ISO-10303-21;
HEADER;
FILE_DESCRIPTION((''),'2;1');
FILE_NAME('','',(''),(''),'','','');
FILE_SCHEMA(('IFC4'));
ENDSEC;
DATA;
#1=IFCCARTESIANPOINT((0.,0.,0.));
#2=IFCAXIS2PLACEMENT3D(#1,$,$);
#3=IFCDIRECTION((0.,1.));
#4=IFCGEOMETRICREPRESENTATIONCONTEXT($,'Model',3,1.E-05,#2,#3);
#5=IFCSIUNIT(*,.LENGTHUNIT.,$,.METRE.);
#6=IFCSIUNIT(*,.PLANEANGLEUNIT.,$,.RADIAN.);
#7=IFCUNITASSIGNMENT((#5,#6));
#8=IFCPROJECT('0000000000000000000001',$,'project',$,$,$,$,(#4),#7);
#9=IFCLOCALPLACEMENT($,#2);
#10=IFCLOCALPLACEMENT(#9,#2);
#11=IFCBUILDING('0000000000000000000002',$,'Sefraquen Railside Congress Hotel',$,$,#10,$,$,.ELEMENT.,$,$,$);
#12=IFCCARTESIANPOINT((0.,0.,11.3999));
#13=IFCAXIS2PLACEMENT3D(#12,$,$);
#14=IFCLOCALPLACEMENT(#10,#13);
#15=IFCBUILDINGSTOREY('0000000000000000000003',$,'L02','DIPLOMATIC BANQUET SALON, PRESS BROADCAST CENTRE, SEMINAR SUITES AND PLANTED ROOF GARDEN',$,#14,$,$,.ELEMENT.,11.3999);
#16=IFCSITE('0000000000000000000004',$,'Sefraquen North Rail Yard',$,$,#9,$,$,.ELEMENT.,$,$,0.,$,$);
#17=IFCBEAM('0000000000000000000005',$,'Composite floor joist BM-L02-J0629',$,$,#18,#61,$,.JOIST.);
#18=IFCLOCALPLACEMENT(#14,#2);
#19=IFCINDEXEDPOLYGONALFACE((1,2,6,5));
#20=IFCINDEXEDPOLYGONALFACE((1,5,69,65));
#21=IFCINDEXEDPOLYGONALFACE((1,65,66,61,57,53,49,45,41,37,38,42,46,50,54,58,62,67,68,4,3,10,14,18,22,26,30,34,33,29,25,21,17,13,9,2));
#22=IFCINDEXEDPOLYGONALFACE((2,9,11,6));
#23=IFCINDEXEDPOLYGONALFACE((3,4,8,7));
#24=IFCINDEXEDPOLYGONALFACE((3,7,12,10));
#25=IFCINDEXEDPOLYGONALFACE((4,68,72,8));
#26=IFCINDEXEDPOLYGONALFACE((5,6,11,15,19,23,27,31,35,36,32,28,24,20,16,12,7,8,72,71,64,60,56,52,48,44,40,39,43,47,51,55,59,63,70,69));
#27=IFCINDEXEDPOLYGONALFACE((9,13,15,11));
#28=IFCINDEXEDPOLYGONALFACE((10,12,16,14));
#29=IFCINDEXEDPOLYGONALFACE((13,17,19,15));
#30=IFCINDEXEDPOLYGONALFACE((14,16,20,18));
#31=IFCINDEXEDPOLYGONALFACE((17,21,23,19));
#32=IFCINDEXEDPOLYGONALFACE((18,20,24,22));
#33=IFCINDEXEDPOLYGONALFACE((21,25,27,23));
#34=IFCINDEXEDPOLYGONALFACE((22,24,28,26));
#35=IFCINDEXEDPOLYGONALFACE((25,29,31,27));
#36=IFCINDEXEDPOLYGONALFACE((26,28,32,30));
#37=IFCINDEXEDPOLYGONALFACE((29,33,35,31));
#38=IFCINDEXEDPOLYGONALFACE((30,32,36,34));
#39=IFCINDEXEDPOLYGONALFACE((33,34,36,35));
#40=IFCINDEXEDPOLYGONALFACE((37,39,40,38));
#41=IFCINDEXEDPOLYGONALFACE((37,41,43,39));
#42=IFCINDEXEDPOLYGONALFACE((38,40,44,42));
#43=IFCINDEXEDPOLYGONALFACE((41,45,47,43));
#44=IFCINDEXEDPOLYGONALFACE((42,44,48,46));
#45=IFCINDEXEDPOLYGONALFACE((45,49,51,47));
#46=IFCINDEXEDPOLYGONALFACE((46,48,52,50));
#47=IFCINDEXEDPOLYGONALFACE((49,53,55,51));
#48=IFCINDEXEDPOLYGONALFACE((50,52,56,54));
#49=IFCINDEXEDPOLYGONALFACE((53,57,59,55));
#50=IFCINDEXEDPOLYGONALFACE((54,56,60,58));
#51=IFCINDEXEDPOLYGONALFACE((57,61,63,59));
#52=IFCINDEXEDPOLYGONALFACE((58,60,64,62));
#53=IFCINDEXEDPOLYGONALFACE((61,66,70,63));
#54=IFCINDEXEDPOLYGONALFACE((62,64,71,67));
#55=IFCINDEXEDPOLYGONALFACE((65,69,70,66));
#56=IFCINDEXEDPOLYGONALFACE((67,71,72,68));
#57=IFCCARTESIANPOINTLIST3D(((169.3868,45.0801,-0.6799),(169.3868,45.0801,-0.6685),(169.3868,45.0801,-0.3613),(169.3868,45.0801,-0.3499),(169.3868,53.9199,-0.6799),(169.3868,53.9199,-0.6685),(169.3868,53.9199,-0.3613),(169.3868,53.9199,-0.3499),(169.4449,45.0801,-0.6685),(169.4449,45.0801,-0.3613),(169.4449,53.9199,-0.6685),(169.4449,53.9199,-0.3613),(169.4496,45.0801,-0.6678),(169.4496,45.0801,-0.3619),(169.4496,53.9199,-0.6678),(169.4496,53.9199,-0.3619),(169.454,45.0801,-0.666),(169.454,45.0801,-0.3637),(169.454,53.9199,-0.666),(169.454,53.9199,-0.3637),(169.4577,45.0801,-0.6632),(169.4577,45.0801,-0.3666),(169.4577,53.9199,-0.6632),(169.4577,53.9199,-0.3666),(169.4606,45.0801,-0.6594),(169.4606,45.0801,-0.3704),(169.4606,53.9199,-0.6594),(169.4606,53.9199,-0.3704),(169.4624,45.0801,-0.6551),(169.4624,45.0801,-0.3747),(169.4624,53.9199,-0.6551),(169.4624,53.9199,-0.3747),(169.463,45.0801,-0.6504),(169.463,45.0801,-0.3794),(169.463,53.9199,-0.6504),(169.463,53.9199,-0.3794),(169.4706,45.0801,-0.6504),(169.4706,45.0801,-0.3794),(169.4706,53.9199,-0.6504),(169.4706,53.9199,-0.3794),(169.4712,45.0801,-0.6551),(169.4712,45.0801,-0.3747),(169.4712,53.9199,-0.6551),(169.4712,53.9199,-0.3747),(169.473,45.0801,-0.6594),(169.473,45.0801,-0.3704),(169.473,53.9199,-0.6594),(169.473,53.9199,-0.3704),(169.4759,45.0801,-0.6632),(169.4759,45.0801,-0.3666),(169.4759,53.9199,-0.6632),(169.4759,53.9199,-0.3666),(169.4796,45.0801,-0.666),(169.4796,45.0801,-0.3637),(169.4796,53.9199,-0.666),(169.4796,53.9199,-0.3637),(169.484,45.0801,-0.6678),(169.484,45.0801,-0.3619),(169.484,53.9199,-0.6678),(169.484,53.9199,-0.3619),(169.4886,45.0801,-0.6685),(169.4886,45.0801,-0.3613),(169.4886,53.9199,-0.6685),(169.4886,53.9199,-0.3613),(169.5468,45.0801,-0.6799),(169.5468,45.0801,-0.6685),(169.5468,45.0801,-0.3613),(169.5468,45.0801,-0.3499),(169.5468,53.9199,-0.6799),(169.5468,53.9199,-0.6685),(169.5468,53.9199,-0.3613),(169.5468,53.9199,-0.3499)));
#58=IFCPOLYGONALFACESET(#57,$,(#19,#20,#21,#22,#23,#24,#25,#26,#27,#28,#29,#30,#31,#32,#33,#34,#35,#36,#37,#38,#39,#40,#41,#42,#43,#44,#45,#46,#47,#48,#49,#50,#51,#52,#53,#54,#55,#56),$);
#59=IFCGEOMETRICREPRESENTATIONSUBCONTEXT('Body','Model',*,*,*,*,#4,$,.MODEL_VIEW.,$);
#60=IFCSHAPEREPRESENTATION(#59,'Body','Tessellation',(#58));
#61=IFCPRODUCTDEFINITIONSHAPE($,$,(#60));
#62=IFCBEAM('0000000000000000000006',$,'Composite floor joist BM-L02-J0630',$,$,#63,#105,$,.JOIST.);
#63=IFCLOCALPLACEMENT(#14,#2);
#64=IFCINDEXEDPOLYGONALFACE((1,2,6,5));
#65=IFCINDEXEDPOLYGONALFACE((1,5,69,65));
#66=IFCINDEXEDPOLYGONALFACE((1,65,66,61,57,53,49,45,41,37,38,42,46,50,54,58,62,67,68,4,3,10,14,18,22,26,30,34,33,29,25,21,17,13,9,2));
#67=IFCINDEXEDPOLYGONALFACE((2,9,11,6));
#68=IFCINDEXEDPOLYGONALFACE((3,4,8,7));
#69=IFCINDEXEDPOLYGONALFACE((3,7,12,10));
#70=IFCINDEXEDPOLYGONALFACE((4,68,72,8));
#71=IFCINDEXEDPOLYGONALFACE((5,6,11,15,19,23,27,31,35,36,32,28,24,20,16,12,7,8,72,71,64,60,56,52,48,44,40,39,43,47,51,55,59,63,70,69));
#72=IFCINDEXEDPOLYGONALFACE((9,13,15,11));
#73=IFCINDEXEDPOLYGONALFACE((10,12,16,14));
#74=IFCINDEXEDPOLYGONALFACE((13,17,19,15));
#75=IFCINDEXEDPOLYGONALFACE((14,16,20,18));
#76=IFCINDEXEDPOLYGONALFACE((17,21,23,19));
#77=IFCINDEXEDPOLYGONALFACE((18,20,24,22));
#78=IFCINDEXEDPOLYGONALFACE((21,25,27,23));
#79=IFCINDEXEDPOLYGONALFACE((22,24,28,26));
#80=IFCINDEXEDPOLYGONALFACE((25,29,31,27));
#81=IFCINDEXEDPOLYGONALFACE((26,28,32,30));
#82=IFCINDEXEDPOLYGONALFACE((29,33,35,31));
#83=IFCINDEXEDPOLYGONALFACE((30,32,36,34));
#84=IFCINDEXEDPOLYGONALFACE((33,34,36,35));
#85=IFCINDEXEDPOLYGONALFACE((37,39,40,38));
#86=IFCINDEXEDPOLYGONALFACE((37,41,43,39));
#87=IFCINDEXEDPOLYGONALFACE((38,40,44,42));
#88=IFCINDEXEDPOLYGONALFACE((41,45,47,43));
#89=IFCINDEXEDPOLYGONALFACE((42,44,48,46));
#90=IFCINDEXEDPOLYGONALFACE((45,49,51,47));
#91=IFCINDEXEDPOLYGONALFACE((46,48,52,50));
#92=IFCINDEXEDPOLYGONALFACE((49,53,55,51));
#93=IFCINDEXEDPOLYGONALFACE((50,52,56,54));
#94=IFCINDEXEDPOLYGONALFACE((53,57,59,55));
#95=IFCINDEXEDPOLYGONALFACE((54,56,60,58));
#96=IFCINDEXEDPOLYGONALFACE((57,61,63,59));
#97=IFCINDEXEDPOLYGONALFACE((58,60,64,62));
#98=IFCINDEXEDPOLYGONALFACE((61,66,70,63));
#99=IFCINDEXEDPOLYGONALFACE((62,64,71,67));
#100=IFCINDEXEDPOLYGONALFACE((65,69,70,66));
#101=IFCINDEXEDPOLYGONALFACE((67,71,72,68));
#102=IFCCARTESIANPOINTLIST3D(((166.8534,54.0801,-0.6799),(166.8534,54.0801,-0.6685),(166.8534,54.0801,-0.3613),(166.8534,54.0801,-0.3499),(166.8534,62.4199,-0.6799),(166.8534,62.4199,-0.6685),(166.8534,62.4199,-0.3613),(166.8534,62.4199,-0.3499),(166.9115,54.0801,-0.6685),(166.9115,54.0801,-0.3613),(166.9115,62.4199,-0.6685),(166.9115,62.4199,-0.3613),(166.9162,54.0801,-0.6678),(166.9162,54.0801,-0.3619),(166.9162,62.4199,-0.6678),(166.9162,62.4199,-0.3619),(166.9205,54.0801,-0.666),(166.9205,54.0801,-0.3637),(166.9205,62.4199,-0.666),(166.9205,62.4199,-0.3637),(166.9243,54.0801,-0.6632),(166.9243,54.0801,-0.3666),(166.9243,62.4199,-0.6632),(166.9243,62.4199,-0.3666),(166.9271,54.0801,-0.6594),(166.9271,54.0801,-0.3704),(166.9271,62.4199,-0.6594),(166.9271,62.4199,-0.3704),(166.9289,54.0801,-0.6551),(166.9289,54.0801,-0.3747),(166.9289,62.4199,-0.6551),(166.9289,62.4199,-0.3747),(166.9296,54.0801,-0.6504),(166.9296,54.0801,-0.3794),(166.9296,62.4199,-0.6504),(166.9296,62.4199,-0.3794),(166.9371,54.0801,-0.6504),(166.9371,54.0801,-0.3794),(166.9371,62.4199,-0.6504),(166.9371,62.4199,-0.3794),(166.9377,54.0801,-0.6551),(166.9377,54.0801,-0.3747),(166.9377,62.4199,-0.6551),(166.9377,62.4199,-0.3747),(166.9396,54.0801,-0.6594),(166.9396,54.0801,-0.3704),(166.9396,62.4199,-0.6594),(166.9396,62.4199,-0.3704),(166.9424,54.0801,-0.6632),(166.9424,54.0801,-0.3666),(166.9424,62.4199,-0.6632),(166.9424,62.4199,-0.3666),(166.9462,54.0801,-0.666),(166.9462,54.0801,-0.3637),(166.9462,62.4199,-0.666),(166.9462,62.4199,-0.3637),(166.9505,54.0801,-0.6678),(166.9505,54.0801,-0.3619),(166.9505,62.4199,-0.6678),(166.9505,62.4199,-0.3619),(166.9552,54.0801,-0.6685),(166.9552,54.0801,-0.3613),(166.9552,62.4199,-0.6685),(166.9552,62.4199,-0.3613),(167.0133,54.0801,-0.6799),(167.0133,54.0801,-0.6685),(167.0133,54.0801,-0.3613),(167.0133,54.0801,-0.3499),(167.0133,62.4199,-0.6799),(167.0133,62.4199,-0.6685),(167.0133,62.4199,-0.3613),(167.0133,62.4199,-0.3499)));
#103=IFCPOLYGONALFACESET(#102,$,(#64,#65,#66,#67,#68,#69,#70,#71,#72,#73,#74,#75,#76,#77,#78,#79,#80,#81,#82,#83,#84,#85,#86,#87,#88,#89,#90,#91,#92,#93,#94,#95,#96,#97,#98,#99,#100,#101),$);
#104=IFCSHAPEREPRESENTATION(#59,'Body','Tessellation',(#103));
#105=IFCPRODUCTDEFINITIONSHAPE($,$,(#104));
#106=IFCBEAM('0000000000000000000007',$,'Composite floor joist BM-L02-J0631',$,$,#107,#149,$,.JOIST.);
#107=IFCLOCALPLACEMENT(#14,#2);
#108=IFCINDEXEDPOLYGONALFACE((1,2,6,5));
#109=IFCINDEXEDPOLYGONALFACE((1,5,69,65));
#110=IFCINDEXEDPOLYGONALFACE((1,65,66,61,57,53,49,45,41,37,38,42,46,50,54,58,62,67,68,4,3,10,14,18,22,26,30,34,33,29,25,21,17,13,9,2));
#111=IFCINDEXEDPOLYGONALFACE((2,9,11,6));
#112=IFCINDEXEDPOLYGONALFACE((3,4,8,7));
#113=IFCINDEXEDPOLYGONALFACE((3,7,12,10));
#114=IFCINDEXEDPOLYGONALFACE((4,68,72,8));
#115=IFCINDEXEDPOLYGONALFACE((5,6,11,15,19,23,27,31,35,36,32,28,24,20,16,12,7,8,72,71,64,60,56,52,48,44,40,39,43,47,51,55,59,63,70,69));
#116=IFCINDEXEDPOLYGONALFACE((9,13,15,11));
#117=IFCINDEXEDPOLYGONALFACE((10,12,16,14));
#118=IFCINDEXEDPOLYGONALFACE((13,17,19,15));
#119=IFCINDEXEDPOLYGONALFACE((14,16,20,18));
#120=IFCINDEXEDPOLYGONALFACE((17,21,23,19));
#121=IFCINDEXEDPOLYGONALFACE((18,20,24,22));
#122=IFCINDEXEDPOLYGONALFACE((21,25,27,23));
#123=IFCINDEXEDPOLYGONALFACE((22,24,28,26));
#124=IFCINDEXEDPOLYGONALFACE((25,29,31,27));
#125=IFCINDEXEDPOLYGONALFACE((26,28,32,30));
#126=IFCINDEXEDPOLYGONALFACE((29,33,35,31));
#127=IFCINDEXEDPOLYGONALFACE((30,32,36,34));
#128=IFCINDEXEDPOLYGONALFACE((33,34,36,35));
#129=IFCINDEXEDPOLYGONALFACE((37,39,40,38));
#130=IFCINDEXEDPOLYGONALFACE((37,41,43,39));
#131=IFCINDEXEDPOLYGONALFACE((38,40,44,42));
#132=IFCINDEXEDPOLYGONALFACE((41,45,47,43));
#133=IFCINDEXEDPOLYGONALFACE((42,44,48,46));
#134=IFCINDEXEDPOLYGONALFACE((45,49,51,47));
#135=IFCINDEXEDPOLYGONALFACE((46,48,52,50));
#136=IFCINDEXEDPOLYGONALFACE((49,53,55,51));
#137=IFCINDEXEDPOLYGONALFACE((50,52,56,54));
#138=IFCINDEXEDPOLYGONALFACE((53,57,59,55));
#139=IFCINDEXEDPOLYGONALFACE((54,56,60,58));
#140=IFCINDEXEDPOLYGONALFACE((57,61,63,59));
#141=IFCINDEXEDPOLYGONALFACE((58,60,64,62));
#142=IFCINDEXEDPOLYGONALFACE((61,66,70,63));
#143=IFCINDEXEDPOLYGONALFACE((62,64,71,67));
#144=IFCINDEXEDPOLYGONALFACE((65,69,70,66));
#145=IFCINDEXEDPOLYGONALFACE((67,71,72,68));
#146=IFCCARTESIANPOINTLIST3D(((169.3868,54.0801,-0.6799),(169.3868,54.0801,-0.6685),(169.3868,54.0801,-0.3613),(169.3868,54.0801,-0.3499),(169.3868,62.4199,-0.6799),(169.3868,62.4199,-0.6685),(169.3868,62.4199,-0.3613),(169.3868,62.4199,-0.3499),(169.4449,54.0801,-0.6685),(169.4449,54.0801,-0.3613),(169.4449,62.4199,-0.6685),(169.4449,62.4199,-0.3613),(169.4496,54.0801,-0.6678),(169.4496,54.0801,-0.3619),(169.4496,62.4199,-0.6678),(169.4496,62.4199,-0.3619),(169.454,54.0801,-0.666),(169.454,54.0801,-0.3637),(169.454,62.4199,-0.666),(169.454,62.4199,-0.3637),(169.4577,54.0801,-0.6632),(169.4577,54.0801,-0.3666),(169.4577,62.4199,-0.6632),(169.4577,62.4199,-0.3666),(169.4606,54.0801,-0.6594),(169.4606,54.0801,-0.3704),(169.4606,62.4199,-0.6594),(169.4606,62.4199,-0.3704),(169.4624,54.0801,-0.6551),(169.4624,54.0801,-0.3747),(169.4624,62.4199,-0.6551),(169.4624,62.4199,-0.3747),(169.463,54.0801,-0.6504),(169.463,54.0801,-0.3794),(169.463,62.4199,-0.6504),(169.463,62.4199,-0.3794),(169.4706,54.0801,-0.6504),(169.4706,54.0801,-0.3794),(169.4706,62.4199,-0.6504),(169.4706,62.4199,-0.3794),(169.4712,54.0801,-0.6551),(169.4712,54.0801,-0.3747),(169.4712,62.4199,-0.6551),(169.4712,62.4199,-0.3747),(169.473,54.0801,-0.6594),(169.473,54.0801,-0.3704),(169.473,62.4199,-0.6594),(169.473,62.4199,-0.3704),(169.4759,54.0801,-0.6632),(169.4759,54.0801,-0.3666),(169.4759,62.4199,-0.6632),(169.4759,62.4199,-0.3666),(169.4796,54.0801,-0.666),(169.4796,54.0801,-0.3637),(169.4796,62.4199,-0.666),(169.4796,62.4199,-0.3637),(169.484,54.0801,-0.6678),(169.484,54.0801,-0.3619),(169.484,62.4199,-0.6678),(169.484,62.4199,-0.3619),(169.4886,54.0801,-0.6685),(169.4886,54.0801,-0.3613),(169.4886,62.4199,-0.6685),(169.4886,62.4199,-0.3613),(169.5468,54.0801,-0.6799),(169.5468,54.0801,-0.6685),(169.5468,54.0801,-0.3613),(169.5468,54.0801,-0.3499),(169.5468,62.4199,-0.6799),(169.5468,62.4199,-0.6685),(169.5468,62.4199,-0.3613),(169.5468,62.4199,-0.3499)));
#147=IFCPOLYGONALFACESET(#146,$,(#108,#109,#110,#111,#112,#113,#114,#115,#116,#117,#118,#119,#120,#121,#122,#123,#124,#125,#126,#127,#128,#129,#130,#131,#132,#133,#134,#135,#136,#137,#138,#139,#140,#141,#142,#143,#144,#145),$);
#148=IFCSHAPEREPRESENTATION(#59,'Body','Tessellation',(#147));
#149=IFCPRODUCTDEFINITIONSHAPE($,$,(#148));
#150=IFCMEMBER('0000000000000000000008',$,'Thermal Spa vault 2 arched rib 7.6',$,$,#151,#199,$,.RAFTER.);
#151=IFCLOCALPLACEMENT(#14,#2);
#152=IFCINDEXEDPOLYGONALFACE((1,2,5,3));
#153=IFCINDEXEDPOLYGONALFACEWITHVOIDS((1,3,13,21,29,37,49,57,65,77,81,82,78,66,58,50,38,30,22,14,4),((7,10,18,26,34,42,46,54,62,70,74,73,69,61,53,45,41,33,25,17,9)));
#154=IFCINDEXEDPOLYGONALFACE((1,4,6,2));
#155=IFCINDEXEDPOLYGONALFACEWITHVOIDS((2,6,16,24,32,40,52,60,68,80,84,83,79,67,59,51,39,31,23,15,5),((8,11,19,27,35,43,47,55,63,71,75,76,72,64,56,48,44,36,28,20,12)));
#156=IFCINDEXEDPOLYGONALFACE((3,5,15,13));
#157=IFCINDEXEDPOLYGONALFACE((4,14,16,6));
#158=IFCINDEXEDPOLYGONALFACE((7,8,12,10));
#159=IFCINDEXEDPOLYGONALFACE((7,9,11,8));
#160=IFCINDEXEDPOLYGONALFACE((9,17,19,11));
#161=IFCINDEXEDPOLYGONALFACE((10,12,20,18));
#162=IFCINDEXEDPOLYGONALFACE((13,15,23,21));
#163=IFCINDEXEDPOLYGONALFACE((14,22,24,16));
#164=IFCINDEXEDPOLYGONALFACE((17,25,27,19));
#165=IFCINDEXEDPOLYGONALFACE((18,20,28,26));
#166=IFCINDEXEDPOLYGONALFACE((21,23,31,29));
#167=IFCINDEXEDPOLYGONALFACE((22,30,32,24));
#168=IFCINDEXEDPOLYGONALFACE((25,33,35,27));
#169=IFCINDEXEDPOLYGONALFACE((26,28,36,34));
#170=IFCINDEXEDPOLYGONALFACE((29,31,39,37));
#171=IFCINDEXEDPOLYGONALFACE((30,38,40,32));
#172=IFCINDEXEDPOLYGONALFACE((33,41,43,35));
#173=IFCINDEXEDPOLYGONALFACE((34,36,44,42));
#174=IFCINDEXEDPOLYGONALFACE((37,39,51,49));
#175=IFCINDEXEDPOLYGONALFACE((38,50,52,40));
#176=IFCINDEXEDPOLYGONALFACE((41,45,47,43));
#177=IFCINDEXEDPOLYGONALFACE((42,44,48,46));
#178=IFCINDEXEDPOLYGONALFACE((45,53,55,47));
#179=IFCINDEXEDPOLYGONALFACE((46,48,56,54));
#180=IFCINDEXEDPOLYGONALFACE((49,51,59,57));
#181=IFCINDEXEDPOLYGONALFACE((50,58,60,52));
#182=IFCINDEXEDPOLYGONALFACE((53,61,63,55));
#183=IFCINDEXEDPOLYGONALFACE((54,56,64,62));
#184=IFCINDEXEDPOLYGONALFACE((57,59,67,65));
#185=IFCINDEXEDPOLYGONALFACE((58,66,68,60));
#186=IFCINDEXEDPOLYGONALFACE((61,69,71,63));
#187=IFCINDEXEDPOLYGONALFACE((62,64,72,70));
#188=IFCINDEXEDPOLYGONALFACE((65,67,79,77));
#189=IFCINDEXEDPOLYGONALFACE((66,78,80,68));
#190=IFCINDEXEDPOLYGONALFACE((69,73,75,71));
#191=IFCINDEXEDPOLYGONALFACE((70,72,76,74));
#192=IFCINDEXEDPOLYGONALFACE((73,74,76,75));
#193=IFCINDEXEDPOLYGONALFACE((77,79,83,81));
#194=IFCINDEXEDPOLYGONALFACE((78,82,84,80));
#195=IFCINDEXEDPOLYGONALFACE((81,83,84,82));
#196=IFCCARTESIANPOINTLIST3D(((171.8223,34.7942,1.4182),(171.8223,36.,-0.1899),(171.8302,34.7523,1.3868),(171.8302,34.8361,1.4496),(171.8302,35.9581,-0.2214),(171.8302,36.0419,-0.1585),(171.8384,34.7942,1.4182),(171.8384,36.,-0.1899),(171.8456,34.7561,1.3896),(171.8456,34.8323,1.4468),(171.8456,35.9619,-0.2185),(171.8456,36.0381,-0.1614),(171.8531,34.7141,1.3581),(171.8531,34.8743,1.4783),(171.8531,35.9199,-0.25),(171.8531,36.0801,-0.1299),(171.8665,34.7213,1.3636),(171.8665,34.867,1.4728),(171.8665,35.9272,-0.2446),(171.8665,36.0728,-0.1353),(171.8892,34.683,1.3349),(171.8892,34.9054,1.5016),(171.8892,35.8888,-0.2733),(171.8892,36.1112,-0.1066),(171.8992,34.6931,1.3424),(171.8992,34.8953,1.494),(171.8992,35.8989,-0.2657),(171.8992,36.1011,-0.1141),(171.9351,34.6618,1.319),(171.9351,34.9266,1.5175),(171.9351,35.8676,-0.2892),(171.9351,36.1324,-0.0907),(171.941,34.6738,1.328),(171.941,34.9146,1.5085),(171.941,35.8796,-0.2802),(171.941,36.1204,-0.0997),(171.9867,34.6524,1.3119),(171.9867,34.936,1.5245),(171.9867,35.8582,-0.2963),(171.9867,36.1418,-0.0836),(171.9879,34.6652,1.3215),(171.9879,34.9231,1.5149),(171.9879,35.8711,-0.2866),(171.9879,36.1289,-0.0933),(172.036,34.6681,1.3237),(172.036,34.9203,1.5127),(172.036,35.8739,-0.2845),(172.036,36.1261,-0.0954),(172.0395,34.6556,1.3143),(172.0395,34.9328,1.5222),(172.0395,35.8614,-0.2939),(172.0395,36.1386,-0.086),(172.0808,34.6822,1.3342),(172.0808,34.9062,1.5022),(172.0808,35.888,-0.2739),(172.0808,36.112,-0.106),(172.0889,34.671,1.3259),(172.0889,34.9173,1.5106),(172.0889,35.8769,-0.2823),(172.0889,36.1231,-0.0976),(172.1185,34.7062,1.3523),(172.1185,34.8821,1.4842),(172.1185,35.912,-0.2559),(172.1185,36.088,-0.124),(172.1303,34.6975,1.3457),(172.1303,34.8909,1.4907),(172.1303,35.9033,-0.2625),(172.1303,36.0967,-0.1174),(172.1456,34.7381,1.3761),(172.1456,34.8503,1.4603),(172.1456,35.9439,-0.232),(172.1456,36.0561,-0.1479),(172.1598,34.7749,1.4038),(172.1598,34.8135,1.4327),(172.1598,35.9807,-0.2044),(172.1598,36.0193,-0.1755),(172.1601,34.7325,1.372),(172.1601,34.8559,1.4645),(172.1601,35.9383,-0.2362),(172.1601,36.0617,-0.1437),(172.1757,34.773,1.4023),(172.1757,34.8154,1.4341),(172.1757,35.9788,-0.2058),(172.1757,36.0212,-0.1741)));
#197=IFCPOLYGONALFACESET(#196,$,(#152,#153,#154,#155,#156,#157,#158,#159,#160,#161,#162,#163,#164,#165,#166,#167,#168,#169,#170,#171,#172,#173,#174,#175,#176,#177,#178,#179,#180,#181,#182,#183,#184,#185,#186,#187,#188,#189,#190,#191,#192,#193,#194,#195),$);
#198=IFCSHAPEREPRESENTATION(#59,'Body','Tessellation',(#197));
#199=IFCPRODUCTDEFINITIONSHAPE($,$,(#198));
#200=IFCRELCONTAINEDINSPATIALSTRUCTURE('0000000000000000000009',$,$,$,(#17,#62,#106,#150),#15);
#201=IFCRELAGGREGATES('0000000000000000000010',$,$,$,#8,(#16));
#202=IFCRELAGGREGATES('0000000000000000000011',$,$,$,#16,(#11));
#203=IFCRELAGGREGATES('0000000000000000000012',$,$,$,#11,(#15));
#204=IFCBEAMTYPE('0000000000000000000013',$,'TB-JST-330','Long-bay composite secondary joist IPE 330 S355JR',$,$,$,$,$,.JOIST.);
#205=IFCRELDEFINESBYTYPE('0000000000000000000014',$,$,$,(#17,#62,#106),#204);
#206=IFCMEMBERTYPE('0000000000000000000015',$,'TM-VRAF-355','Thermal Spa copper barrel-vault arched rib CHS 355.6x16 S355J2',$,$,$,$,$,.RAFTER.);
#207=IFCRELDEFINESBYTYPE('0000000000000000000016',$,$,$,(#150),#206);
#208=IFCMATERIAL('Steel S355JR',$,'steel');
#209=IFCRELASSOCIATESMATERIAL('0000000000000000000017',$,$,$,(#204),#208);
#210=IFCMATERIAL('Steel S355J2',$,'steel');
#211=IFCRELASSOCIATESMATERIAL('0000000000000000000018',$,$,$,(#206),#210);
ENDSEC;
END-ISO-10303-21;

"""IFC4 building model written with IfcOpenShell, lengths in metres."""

from ifc_helpers import new_model, si_unit, direction, frame, origin, origin_2d, place, context, subcontext, project, spatial, hollow_circle, i_section, extrude, material, material_profile, profile_set, type_object, element, save


model = new_model("IFC4")

# Units and contexts
model_context = context("Model", 3, precision=1e-05, world=origin(), true_north=direction((0.0, 1.0)))
body_context = subcontext(model_context, "Body", "Model", "MODEL_VIEW")
ifc_project = project(units=[si_unit("LENGTHUNIT", "METRE"), si_unit("PLANEANGLEUNIT", "RADIAN")], contexts=[model_context])

# Site, building, storey
site_placement = place(None, origin())
site = spatial("IfcSite", under=ifc_project, at=site_placement, Name="Sefraquen North Rail Yard", CompositionType="ELEMENT", RefElevation=0.0)
building_placement = place(site_placement, origin())
building = spatial("IfcBuilding", under=site, at=building_placement, Name="Sefraquen Railside Congress Hotel", CompositionType="ELEMENT")
storey_placement = place(building_placement, frame((0.0, 0.0, 11.3999)))
storey = spatial("IfcBuildingStorey", under=building, at=storey_placement, Name="L02", Description="DIPLOMATIC BANQUET SALON, PRESS BROADCAST CENTRE, SEMINAR SUITES AND PLANTED ROOF GARDEN", CompositionType="ELEMENT", Elevation=11.3999)

# Shared definitions
ifc_material_1 = material(Name="Steel S355JR", Category="steel")

# Beams
ifc_material_profile_1 = material_profile(ifc_material_1, i_section(OverallWidth=0.1599, OverallDepth=0.3301, WebThickness=0.0076, FlangeThickness=0.0115, FilletRadius=0.0181, at=origin_2d()), Name="IPE 330")
ifc_profile_set_1 = profile_set([ifc_material_profile_1], Name="Steel S355JR")
beam_type_1 = type_object("IfcBeamType", Name="TB-JST-330", Description="Long-bay composite secondary joist IPE 330 S355JR", PredefinedType="JOIST", material=ifc_profile_set_1)
for number, where, z_axis, x_axis, name in (
    (1, (169.4668, 45.0801, -0.5149), (0.0, 1.0, 0.0), (-1.0, 0.0, 0.0), "Composite floor joist BM-L02-J0629"),
):
    element("IfcBeam", number, at=place(storey_placement, frame(where, z_axis=z_axis, x_axis=x_axis)), inside=storey, type_object=beam_type_1, Name=name, PredefinedType="JOIST", context=body_context, shape_type="SweptSolid", body=[
        extrude(i_section(OverallWidth=0.1599, OverallDepth=0.3301, WebThickness=0.0076, FlangeThickness=0.0115, FilletRadius=0.0181, at=origin_2d()), origin(), (0.0, 0.0, 1.0), 8.8398),
    ])
for number, where, z_axis, x_axis, name in (
    (2, (166.9333, 54.0801, -0.5149), (0.0, 1.0, 0.0), (-1.0, 0.0, 0.0), "Composite floor joist BM-L02-J0630"),
    (3, (169.4668, 54.0801, -0.5149), (0.0, 1.0, 0.0), (-1.0, 0.0, 0.0), "Composite floor joist BM-L02-J0631"),
):
    element("IfcBeam", number, at=place(storey_placement, frame(where, z_axis=z_axis, x_axis=x_axis)), inside=storey, type_object=beam_type_1, Name=name, PredefinedType="JOIST", context=body_context, shape_type="SweptSolid", body=[
        extrude(i_section(OverallWidth=0.1599, OverallDepth=0.3301, WebThickness=0.0076, FlangeThickness=0.0115, FilletRadius=0.0181, at=origin_2d()), origin(), (0.0, 0.0, 1.0), 8.3398),
    ])

# Member
ifc_material_2 = material(Name="Steel S355J2", Category="steel")
ifc_material_profile_2 = material_profile(ifc_material_2, hollow_circle(Radius=0.1777, WallThickness=0.0161, at=origin_2d()), Name="CHS 355.6x16")
ifc_profile_set_2 = profile_set([ifc_material_profile_2], Name="Steel S355J2")
member_type = type_object("IfcMemberType", Name="TM-VRAF-355", Description="Thermal Spa copper barrel-vault arched rib CHS 355.6x16 S355J2", PredefinedType="RAFTER", material=ifc_profile_set_2)
member_1_placement = place(storey_placement, frame((172.0, 34.7942, 1.4182), z_axis=(0.0, 0.599903, -0.800073), x_axis=(-1.0, 0.0, 0.0)))
element("IfcMember", 4, at=member_1_placement, inside=storey, type_object=member_type, Name="Thermal Spa vault 2 arched rib 7.6", PredefinedType="RAFTER", context=body_context, shape_type="SweptSolid", body=[
    extrude(hollow_circle(Radius=0.1777, WallThickness=0.0161, at=origin_2d()), origin(), (0.0, 0.0, 1.0), 2.01),
])

save(model, "model.ifc")
